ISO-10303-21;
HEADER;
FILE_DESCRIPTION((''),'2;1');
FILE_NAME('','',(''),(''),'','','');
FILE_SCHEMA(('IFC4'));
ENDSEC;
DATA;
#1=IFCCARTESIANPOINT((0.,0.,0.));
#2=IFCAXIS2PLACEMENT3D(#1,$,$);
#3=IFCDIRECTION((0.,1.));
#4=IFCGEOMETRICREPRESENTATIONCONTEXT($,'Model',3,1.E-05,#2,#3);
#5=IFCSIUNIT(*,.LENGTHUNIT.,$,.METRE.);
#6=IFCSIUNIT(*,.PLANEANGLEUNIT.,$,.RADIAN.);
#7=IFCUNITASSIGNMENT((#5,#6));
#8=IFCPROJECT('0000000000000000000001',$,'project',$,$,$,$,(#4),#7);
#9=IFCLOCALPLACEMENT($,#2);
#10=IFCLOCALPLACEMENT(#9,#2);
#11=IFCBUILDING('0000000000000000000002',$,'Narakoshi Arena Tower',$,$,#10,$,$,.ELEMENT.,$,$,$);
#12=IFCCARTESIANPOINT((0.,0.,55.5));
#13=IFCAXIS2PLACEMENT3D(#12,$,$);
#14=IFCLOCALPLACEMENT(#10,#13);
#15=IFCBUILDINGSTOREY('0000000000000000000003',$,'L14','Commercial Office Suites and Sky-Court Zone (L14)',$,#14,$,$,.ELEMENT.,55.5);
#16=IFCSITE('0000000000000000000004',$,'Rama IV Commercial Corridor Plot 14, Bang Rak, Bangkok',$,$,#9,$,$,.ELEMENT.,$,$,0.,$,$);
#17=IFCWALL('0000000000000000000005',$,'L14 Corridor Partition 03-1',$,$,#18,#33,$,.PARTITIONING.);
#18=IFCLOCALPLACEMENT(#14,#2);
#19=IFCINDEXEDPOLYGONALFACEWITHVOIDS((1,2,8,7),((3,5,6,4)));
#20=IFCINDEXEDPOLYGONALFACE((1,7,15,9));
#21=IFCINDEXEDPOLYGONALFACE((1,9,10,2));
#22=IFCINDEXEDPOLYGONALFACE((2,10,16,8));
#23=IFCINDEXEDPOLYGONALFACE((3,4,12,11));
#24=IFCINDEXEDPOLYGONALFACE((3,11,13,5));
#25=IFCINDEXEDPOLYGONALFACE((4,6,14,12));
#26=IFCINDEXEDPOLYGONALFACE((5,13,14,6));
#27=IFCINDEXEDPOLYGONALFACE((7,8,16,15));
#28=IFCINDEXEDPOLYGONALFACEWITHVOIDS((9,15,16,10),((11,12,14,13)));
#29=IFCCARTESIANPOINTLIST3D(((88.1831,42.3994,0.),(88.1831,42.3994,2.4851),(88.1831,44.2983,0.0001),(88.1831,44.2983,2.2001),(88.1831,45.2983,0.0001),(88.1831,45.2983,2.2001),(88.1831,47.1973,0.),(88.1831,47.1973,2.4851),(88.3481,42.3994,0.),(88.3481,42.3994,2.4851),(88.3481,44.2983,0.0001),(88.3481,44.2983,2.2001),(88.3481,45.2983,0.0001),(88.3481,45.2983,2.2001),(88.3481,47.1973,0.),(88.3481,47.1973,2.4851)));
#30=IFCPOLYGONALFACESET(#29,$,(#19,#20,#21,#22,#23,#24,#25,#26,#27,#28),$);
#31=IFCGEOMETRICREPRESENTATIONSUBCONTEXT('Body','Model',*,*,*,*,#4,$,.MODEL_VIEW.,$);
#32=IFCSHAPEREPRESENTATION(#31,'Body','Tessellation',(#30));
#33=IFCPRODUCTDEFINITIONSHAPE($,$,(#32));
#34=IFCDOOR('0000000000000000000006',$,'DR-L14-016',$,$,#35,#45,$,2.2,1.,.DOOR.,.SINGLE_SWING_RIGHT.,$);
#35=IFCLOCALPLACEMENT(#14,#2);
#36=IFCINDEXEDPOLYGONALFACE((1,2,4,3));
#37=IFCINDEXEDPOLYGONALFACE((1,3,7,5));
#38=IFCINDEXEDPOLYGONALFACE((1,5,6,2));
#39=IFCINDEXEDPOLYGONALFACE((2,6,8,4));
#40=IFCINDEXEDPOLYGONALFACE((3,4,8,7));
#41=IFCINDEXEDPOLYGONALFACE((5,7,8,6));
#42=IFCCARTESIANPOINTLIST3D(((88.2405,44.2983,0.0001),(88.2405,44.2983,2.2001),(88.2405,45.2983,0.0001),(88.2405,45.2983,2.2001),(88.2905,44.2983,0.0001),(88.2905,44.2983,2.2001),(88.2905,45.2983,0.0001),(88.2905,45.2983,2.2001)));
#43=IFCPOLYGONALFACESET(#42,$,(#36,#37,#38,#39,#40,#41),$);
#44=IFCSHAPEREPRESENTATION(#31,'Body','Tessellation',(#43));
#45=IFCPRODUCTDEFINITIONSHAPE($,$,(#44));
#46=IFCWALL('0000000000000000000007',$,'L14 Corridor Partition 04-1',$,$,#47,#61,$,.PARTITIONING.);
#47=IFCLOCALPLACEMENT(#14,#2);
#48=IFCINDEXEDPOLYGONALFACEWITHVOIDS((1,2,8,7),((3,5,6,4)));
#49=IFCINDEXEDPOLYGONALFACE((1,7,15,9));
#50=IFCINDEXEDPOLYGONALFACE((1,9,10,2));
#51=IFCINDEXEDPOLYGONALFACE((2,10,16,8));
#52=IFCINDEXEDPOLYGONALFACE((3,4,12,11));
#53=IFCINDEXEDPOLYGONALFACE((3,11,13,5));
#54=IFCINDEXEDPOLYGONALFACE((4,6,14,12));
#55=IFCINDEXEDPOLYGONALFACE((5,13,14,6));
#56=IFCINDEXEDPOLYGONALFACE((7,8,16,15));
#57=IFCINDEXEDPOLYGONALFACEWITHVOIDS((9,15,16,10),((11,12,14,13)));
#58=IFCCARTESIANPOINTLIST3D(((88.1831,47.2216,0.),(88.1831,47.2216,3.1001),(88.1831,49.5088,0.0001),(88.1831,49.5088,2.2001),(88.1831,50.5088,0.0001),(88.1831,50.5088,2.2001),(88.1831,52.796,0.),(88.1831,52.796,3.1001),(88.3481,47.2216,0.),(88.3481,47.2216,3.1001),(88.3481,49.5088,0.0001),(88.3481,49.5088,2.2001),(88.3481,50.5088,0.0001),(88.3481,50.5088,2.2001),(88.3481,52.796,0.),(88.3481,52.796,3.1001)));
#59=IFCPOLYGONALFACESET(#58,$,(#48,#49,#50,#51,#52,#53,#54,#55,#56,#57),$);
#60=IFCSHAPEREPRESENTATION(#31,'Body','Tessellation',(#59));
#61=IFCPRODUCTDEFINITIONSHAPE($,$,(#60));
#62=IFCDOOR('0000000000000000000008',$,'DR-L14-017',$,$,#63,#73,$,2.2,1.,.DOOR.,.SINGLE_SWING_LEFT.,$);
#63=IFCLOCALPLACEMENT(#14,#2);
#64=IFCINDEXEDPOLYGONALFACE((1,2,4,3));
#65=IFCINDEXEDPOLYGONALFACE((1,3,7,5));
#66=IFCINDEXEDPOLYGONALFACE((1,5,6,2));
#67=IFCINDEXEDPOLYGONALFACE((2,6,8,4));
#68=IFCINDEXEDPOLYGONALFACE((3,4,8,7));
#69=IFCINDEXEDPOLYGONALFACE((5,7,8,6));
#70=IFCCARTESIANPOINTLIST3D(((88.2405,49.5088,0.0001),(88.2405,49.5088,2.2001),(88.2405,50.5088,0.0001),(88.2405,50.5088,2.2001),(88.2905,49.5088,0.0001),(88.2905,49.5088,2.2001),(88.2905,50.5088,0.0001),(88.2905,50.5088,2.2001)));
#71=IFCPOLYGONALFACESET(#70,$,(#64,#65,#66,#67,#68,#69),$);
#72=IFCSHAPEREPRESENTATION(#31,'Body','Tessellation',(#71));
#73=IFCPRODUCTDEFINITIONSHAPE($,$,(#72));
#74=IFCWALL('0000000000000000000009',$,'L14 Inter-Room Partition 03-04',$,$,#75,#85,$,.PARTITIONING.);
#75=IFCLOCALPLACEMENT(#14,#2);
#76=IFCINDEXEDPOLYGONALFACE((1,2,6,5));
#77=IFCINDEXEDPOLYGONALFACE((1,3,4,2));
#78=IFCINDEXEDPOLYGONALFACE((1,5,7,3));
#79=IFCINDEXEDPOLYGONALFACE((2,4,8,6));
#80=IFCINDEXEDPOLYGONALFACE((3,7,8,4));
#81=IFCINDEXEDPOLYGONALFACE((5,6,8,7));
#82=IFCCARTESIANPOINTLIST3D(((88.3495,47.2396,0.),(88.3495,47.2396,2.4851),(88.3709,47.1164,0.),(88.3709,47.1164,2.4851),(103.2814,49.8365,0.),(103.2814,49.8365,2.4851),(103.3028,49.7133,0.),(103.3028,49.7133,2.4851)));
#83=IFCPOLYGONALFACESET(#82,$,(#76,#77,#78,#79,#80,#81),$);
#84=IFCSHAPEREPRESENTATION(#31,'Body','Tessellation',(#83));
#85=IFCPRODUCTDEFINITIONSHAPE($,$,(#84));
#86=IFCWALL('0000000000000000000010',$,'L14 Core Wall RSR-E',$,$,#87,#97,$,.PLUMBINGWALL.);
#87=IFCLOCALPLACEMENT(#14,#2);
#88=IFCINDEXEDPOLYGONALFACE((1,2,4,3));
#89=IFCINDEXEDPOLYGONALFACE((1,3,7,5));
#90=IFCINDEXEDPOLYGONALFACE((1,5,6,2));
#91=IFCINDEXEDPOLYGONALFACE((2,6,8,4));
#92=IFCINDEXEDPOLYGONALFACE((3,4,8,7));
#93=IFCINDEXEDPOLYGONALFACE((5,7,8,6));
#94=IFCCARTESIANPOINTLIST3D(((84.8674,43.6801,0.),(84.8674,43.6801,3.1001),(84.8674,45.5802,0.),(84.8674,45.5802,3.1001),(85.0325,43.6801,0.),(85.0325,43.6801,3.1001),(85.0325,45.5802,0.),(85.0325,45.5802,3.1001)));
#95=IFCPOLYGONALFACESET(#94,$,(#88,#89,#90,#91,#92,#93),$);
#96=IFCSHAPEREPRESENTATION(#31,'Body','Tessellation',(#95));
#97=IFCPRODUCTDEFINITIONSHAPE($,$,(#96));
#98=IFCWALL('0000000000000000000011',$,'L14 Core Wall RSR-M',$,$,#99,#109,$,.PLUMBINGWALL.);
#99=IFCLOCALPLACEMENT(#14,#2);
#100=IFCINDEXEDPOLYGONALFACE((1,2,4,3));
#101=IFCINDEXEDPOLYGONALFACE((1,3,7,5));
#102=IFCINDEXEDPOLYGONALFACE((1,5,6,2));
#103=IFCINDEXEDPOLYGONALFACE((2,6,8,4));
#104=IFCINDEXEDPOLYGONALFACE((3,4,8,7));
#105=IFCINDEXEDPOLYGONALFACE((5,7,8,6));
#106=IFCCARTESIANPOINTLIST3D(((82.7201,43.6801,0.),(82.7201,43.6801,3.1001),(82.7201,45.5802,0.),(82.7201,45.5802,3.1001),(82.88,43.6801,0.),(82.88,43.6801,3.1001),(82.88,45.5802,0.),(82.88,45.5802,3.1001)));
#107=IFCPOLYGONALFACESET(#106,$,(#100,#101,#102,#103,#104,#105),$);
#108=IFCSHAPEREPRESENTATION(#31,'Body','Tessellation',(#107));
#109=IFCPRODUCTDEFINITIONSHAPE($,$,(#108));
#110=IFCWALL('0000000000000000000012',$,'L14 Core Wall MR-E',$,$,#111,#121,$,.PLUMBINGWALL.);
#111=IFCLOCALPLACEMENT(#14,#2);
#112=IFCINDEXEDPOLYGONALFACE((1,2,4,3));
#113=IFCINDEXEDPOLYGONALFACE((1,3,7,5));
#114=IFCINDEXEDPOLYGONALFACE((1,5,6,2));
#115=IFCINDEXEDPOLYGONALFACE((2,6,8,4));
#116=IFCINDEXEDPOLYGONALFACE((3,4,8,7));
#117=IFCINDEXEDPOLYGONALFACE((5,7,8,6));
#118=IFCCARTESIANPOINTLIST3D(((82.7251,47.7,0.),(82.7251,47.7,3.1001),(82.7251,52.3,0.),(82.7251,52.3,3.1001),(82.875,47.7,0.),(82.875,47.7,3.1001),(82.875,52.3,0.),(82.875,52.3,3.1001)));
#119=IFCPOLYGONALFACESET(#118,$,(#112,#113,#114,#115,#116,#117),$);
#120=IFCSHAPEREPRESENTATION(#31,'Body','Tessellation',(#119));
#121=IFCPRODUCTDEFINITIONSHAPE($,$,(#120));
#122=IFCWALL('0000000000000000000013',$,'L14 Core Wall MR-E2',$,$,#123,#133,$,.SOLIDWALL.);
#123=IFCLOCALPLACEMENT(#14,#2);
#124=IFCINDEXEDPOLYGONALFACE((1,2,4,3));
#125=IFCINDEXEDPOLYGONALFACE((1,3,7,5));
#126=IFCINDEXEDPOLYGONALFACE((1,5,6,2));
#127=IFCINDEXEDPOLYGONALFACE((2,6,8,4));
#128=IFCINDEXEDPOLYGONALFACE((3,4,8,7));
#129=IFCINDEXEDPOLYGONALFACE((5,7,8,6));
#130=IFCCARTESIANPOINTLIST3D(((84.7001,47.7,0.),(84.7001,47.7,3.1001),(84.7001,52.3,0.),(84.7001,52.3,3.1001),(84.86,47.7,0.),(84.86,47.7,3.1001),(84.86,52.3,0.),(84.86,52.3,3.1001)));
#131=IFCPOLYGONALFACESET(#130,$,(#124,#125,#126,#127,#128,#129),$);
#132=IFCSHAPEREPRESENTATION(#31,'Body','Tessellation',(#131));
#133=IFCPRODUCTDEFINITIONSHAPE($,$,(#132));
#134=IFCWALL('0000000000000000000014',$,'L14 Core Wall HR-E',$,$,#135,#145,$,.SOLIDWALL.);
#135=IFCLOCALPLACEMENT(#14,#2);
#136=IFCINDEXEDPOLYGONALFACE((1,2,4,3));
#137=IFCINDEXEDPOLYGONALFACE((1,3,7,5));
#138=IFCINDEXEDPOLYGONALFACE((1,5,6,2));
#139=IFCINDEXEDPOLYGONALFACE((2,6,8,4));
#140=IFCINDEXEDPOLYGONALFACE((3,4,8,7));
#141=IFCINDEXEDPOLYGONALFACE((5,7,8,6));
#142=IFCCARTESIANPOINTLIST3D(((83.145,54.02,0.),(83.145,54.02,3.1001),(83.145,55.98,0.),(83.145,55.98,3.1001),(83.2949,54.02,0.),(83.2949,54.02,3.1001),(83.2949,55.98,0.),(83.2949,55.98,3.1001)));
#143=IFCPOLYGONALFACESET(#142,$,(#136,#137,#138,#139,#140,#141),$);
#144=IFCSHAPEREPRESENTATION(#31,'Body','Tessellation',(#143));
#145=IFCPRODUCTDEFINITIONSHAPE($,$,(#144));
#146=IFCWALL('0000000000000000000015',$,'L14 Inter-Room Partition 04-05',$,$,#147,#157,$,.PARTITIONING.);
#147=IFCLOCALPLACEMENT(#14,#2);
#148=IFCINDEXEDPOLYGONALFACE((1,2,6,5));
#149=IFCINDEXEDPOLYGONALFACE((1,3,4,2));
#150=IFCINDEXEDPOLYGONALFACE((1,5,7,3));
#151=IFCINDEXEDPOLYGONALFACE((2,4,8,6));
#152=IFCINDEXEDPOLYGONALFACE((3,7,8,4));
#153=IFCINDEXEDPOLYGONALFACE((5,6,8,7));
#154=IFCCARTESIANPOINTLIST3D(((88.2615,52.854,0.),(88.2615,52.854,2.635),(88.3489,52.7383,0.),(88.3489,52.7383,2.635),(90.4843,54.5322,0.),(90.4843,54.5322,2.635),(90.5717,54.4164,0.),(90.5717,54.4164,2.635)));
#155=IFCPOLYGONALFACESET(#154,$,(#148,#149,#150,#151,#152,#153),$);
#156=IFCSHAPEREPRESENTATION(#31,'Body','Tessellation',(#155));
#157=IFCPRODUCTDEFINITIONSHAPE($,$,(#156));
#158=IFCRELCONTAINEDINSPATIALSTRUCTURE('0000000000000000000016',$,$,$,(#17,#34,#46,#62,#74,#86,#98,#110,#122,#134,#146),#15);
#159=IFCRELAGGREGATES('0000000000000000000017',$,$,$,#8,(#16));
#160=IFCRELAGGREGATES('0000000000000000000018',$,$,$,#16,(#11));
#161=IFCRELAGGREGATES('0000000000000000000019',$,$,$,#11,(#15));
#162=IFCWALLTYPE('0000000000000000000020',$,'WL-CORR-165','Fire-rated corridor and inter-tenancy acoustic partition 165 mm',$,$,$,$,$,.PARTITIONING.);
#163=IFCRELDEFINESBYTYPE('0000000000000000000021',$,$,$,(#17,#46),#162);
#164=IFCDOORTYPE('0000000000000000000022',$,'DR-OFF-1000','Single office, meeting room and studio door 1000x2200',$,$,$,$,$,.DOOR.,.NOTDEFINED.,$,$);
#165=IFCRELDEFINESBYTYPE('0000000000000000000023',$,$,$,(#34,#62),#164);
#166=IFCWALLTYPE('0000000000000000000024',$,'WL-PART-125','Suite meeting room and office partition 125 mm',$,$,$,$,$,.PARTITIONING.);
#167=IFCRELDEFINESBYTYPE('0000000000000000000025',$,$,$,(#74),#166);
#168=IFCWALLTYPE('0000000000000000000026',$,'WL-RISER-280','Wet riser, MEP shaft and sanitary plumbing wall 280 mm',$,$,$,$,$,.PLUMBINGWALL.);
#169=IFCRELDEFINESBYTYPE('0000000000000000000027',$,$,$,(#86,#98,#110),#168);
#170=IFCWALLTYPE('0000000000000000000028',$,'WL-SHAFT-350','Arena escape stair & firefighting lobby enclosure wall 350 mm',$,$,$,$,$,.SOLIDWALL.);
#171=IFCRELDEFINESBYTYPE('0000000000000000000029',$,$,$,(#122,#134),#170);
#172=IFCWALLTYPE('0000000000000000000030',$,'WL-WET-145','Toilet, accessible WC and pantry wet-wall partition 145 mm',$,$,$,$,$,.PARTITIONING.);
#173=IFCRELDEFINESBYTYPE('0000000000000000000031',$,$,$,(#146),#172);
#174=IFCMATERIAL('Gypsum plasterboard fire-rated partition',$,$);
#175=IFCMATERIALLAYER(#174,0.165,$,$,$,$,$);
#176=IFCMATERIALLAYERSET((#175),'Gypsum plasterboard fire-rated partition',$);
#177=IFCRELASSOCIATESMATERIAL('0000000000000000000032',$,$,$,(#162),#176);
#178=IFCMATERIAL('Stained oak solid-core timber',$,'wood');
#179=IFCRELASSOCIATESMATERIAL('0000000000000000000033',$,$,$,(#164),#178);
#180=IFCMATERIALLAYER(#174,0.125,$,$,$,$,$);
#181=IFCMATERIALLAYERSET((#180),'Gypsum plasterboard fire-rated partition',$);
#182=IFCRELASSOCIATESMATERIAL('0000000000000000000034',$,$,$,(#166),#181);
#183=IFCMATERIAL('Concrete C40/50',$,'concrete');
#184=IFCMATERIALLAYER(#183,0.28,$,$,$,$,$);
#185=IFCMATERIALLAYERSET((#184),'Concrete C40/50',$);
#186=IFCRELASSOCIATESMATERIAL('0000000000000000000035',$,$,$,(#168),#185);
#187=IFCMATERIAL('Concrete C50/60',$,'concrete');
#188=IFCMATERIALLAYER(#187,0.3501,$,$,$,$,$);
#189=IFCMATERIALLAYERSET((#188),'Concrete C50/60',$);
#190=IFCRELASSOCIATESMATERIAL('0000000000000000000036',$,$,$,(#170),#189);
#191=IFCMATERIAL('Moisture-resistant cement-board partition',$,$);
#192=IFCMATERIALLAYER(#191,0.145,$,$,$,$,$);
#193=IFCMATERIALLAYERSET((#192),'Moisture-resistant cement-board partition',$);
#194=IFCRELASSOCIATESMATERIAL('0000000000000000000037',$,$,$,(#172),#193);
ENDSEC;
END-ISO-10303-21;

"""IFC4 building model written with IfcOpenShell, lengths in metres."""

from ifc_helpers import new_model, si_unit, direction, frame, frame_2d, origin, place, context, subcontext, project, spatial, rectangle, extrude, material, layer, layer_set, type_object, element, fill, save


model = new_model("IFC4")

# Units and contexts
model_context = context("Model", 3, precision=1e-05, world=origin(), true_north=direction((0.0, 1.0)))
body_context = subcontext(model_context, "Body", "Model", "MODEL_VIEW")
ifc_project = project(units=[si_unit("LENGTHUNIT", "METRE"), si_unit("PLANEANGLEUNIT", "RADIAN")], contexts=[model_context])

# Site, building, storey
site_placement = place(None, origin())
site = spatial("IfcSite", under=ifc_project, at=site_placement, Name="Rama IV Commercial Corridor Plot 14, Bang Rak, Bangkok", CompositionType="ELEMENT", RefElevation=0.0)
building_placement = place(site_placement, origin())
building = spatial("IfcBuilding", under=site, at=building_placement, Name="Narakoshi Arena Tower", CompositionType="ELEMENT")
storey_placement = place(building_placement, frame((0.0, 0.0, 55.5)))
storey = spatial("IfcBuildingStorey", under=building, at=storey_placement, Name="L14", Description="Commercial Office Suites and Sky-Court Zone (L14)", CompositionType="ELEMENT", Elevation=55.5)

# Walls, openings, doors
ifc_material_1 = material(Name="Gypsum plasterboard fire-rated partition")
ifc_layer_1 = layer(ifc_material_1, 0.165)
ifc_layer_set_1 = layer_set([ifc_layer_1], Name="Gypsum plasterboard fire-rated partition")
wall_type_1 = type_object("IfcWallType", Name="WL-CORR-165", Description="Fire-rated corridor and inter-tenancy acoustic partition 165 mm", PredefinedType="PARTITIONING", material=ifc_layer_set_1)
ifc_material_2 = material(Name="Stained oak solid-core timber", Category="wood")
door_type_1 = type_object("IfcDoorType", Name="DR-OFF-1000", Description="Single office, meeting room and studio door 1000x2200", OperationType="NOTDEFINED", PredefinedType="DOOR", material=ifc_material_2)
wall_1_placement = place(storey_placement, frame((88.2656, 42.3994, 0.0), z_axis=(0.0, 0.0, 1.0), x_axis=(0.0, 1.0, 0.0)))
wall_1 = element("IfcWall", 1, at=wall_1_placement, inside=storey, type_object=wall_type_1, Name="L14 Corridor Partition 03-1", PredefinedType="PARTITIONING", context=body_context, shape_type="SweptSolid", body=[
    extrude(rectangle(XDim=4.7979, YDim=0.165, at=frame_2d((2.3989, 0.0))), origin(), (0.0, 0.0, 1.0), 2.4851),
])
opening_1_placement = place(wall_1_placement, frame((1.8989, 0.0, 0.0)))
opening_1 = element("IfcOpeningElement", 2, at=opening_1_placement, cuts=wall_1, PredefinedType="OPENING", context=body_context, shape_type="SweptSolid", body=[
    extrude(rectangle(XDim=1.0, YDim=2.2, at=frame_2d((0.5, 1.1001))), frame((0.0, 0.0925, 0.0), z_axis=(0.0, -1.0, 0.0), x_axis=(1.0, 0.0, 0.0)), (0.0, 0.0, 1.0), 0.1851),
])
door_1_placement = place(opening_1_placement, frame((1.0, 0.0, 0.0), z_axis=(0.0, 0.0, 1.0), x_axis=(-1.0, 0.0, 0.0)))
door_1 = element("IfcDoor", 3, at=door_1_placement, inside=storey, type_object=door_type_1, Name="DR-L14-016", OperationType="SINGLE_SWING_RIGHT", OverallHeight=2.2, OverallWidth=1.0, PredefinedType="DOOR", context=body_context, shape_type="SweptSolid", body=[
    extrude(rectangle(XDim=1.0, YDim=2.2, at=frame_2d((0.5, 1.1001))), frame((0.0, 0.0249, 0.0), z_axis=(0.0, -1.0, 0.0), x_axis=(1.0, 0.0, 0.0)), (0.0, 0.0, 1.0), 0.05),
])
fill(opening_1, door_1)
wall_2_placement = place(storey_placement, frame((88.2656, 47.2217, 0.0), z_axis=(0.0, 0.0, 1.0), x_axis=(0.0, 1.0, 0.0)))
wall_2 = element("IfcWall", 4, at=wall_2_placement, inside=storey, type_object=wall_type_1, Name="L14 Corridor Partition 04-1", PredefinedType="PARTITIONING", context=body_context, shape_type="SweptSolid", body=[
    extrude(rectangle(XDim=5.5745, YDim=0.165, at=frame_2d((2.7871, 0.0))), origin(), (0.0, 0.0, 1.0), 3.1001),
])
opening_2_placement = place(wall_2_placement, frame((2.2871, 0.0, 0.0)))
opening_2 = element("IfcOpeningElement", 5, at=opening_2_placement, cuts=wall_2, PredefinedType="OPENING", context=body_context, shape_type="SweptSolid", body=[
    extrude(rectangle(XDim=1.0, YDim=2.2, at=frame_2d((0.5, 1.1001))), frame((0.0, 0.0925, 0.0), z_axis=(0.0, -1.0, 0.0), x_axis=(1.0, 0.0, 0.0)), (0.0, 0.0, 1.0), 0.1851),
])
door_2_placement = place(opening_2_placement, frame((1.0, 0.0, 0.0), z_axis=(0.0, 0.0, 1.0), x_axis=(-1.0, 0.0, 0.0)))
door_2 = element("IfcDoor", 6, at=door_2_placement, inside=storey, type_object=door_type_1, Name="DR-L14-017", OperationType="SINGLE_SWING_LEFT", OverallHeight=2.2, OverallWidth=1.0, PredefinedType="DOOR", context=body_context, shape_type="SweptSolid", body=[
    extrude(rectangle(XDim=1.0, YDim=2.2, at=frame_2d((0.5, 1.1001))), frame((0.0, 0.0249, 0.0), z_axis=(0.0, -1.0, 0.0), x_axis=(1.0, 0.0, 0.0)), (0.0, 0.0, 1.0), 0.05),
])
fill(opening_2, door_2)

# Walls
ifc_layer_2 = layer(ifc_material_1, 0.125)
ifc_layer_set_2 = layer_set([ifc_layer_2], Name="Gypsum plasterboard fire-rated partition")
wall_type_2 = type_object("IfcWallType", Name="WL-PART-125", Description="Suite meeting room and office partition 125 mm", PredefinedType="PARTITIONING", material=ifc_layer_set_2)
wall_3_placement = place(storey_placement, frame((88.3601, 47.178, 0.0), z_axis=(0.0, 0.0, 1.0), x_axis=(0.985211, 0.171346, 0.0)))
element("IfcWall", 7, at=wall_3_placement, inside=storey, type_object=wall_type_2, Name="L14 Inter-Room Partition 03-04", PredefinedType="PARTITIONING", context=body_context, shape_type="SweptSolid", body=[
    extrude(rectangle(XDim=15.156, YDim=0.125, at=frame_2d((7.5781, 0.0))), origin(), (0.0, 0.0, 1.0), 2.4851),
])
ifc_material_3 = material(Name="Concrete C40/50", Category="concrete")
ifc_layer_3 = layer(ifc_material_3, 0.28)
ifc_layer_set_3 = layer_set([ifc_layer_3], Name="Concrete C40/50")
wall_type_3 = type_object("IfcWallType", Name="WL-RISER-280", Description="Wet riser, MEP shaft and sanitary plumbing wall 280 mm", PredefinedType="PLUMBINGWALL", material=ifc_layer_set_3)
wall_4_placement = place(storey_placement, frame((84.95, 43.6799, 0.0), z_axis=(0.0, 0.0, 1.0), x_axis=(0.0, 1.0, 0.0)))
element("IfcWall", 8, at=wall_4_placement, inside=storey, type_object=wall_type_3, Name="L14 Core Wall RSR-E", PredefinedType="PLUMBINGWALL", context=body_context, shape_type="SweptSolid", body=[
    extrude(rectangle(XDim=1.9001, YDim=0.165, at=frame_2d((0.9502, 0.0))), origin(), (0.0, 0.0, 1.0), 3.1001),
])
wall_5_placement = place(storey_placement, frame((82.8, 43.6799, 0.0), z_axis=(0.0, 0.0, 1.0), x_axis=(0.0, 1.0, 0.0)))
element("IfcWall", 9, at=wall_5_placement, inside=storey, type_object=wall_type_3, Name="L14 Core Wall RSR-M", PredefinedType="PLUMBINGWALL", context=body_context, shape_type="SweptSolid", body=[
    extrude(rectangle(XDim=1.9001, YDim=0.1599, at=frame_2d((0.9502, 0.0))), origin(), (0.0, 0.0, 1.0), 3.1001),
])
wall_6_placement = place(storey_placement, frame((82.8, 47.7, 0.0), z_axis=(0.0, 0.0, 1.0), x_axis=(0.0, 1.0, 0.0)))
element("IfcWall", 10, at=wall_6_placement, inside=storey, type_object=wall_type_3, Name="L14 Core Wall MR-E", PredefinedType="PLUMBINGWALL", context=body_context, shape_type="SweptSolid", body=[
    extrude(rectangle(XDim=4.6001, YDim=0.1499, at=frame_2d((2.3, 0.0))), origin(), (0.0, 0.0, 1.0), 3.1001),
])
ifc_material_4 = material(Name="Concrete C50/60", Category="concrete")
ifc_layer_4 = layer(ifc_material_4, 0.3501)
ifc_layer_set_4 = layer_set([ifc_layer_4], Name="Concrete C50/60")
wall_type_4 = type_object("IfcWallType", Name="WL-SHAFT-350", Description="Arena escape stair & firefighting lobby enclosure wall 350 mm", PredefinedType="SOLIDWALL", material=ifc_layer_set_4)
wall_7_placement = place(storey_placement, frame((84.78, 47.7, 0.0), z_axis=(0.0, 0.0, 1.0), x_axis=(0.0, 1.0, 0.0)))
element("IfcWall", 11, at=wall_7_placement, inside=storey, type_object=wall_type_4, Name="L14 Core Wall MR-E2", PredefinedType="SOLIDWALL", context=body_context, shape_type="SweptSolid", body=[
    extrude(rectangle(XDim=4.6001, YDim=0.1599, at=frame_2d((2.3, 0.0))), origin(), (0.0, 0.0, 1.0), 3.1001),
])
wall_8_placement = place(storey_placement, frame((83.22, 54.02, 0.0), z_axis=(0.0, 0.0, 1.0), x_axis=(0.0, 1.0, 0.0)))
element("IfcWall", 12, at=wall_8_placement, inside=storey, type_object=wall_type_4, Name="L14 Core Wall HR-E", PredefinedType="SOLIDWALL", context=body_context, shape_type="SweptSolid", body=[
    extrude(rectangle(XDim=1.96, YDim=0.1499, at=frame_2d((0.98, 0.0))), origin(), (0.0, 0.0, 1.0), 3.1001),
])
ifc_material_5 = material(Name="Moisture-resistant cement-board partition")
ifc_layer_5 = layer(ifc_material_5, 0.145)
ifc_layer_set_5 = layer_set([ifc_layer_5], Name="Moisture-resistant cement-board partition")
wall_type_5 = type_object("IfcWallType", Name="WL-WET-145", Description="Toilet, accessible WC and pantry wet-wall partition 145 mm", PredefinedType="PARTITIONING", material=ifc_layer_set_5)
wall_9_placement = place(storey_placement, frame((88.3052, 52.7961, 0.0), z_axis=(0.0, 0.0, 1.0), x_axis=(0.798092, 0.602535, 0.0)))
element("IfcWall", 13, at=wall_9_placement, inside=storey, type_object=wall_type_5, Name="L14 Inter-Room Partition 04-05", PredefinedType="PARTITIONING", context=body_context, shape_type="SweptSolid", body=[
    extrude(rectangle(XDim=2.7852, YDim=0.145, at=frame_2d((1.3926, 0.0))), origin(), (0.0, 0.0, 1.0), 2.635),
])

save(model, "model.ifc")
